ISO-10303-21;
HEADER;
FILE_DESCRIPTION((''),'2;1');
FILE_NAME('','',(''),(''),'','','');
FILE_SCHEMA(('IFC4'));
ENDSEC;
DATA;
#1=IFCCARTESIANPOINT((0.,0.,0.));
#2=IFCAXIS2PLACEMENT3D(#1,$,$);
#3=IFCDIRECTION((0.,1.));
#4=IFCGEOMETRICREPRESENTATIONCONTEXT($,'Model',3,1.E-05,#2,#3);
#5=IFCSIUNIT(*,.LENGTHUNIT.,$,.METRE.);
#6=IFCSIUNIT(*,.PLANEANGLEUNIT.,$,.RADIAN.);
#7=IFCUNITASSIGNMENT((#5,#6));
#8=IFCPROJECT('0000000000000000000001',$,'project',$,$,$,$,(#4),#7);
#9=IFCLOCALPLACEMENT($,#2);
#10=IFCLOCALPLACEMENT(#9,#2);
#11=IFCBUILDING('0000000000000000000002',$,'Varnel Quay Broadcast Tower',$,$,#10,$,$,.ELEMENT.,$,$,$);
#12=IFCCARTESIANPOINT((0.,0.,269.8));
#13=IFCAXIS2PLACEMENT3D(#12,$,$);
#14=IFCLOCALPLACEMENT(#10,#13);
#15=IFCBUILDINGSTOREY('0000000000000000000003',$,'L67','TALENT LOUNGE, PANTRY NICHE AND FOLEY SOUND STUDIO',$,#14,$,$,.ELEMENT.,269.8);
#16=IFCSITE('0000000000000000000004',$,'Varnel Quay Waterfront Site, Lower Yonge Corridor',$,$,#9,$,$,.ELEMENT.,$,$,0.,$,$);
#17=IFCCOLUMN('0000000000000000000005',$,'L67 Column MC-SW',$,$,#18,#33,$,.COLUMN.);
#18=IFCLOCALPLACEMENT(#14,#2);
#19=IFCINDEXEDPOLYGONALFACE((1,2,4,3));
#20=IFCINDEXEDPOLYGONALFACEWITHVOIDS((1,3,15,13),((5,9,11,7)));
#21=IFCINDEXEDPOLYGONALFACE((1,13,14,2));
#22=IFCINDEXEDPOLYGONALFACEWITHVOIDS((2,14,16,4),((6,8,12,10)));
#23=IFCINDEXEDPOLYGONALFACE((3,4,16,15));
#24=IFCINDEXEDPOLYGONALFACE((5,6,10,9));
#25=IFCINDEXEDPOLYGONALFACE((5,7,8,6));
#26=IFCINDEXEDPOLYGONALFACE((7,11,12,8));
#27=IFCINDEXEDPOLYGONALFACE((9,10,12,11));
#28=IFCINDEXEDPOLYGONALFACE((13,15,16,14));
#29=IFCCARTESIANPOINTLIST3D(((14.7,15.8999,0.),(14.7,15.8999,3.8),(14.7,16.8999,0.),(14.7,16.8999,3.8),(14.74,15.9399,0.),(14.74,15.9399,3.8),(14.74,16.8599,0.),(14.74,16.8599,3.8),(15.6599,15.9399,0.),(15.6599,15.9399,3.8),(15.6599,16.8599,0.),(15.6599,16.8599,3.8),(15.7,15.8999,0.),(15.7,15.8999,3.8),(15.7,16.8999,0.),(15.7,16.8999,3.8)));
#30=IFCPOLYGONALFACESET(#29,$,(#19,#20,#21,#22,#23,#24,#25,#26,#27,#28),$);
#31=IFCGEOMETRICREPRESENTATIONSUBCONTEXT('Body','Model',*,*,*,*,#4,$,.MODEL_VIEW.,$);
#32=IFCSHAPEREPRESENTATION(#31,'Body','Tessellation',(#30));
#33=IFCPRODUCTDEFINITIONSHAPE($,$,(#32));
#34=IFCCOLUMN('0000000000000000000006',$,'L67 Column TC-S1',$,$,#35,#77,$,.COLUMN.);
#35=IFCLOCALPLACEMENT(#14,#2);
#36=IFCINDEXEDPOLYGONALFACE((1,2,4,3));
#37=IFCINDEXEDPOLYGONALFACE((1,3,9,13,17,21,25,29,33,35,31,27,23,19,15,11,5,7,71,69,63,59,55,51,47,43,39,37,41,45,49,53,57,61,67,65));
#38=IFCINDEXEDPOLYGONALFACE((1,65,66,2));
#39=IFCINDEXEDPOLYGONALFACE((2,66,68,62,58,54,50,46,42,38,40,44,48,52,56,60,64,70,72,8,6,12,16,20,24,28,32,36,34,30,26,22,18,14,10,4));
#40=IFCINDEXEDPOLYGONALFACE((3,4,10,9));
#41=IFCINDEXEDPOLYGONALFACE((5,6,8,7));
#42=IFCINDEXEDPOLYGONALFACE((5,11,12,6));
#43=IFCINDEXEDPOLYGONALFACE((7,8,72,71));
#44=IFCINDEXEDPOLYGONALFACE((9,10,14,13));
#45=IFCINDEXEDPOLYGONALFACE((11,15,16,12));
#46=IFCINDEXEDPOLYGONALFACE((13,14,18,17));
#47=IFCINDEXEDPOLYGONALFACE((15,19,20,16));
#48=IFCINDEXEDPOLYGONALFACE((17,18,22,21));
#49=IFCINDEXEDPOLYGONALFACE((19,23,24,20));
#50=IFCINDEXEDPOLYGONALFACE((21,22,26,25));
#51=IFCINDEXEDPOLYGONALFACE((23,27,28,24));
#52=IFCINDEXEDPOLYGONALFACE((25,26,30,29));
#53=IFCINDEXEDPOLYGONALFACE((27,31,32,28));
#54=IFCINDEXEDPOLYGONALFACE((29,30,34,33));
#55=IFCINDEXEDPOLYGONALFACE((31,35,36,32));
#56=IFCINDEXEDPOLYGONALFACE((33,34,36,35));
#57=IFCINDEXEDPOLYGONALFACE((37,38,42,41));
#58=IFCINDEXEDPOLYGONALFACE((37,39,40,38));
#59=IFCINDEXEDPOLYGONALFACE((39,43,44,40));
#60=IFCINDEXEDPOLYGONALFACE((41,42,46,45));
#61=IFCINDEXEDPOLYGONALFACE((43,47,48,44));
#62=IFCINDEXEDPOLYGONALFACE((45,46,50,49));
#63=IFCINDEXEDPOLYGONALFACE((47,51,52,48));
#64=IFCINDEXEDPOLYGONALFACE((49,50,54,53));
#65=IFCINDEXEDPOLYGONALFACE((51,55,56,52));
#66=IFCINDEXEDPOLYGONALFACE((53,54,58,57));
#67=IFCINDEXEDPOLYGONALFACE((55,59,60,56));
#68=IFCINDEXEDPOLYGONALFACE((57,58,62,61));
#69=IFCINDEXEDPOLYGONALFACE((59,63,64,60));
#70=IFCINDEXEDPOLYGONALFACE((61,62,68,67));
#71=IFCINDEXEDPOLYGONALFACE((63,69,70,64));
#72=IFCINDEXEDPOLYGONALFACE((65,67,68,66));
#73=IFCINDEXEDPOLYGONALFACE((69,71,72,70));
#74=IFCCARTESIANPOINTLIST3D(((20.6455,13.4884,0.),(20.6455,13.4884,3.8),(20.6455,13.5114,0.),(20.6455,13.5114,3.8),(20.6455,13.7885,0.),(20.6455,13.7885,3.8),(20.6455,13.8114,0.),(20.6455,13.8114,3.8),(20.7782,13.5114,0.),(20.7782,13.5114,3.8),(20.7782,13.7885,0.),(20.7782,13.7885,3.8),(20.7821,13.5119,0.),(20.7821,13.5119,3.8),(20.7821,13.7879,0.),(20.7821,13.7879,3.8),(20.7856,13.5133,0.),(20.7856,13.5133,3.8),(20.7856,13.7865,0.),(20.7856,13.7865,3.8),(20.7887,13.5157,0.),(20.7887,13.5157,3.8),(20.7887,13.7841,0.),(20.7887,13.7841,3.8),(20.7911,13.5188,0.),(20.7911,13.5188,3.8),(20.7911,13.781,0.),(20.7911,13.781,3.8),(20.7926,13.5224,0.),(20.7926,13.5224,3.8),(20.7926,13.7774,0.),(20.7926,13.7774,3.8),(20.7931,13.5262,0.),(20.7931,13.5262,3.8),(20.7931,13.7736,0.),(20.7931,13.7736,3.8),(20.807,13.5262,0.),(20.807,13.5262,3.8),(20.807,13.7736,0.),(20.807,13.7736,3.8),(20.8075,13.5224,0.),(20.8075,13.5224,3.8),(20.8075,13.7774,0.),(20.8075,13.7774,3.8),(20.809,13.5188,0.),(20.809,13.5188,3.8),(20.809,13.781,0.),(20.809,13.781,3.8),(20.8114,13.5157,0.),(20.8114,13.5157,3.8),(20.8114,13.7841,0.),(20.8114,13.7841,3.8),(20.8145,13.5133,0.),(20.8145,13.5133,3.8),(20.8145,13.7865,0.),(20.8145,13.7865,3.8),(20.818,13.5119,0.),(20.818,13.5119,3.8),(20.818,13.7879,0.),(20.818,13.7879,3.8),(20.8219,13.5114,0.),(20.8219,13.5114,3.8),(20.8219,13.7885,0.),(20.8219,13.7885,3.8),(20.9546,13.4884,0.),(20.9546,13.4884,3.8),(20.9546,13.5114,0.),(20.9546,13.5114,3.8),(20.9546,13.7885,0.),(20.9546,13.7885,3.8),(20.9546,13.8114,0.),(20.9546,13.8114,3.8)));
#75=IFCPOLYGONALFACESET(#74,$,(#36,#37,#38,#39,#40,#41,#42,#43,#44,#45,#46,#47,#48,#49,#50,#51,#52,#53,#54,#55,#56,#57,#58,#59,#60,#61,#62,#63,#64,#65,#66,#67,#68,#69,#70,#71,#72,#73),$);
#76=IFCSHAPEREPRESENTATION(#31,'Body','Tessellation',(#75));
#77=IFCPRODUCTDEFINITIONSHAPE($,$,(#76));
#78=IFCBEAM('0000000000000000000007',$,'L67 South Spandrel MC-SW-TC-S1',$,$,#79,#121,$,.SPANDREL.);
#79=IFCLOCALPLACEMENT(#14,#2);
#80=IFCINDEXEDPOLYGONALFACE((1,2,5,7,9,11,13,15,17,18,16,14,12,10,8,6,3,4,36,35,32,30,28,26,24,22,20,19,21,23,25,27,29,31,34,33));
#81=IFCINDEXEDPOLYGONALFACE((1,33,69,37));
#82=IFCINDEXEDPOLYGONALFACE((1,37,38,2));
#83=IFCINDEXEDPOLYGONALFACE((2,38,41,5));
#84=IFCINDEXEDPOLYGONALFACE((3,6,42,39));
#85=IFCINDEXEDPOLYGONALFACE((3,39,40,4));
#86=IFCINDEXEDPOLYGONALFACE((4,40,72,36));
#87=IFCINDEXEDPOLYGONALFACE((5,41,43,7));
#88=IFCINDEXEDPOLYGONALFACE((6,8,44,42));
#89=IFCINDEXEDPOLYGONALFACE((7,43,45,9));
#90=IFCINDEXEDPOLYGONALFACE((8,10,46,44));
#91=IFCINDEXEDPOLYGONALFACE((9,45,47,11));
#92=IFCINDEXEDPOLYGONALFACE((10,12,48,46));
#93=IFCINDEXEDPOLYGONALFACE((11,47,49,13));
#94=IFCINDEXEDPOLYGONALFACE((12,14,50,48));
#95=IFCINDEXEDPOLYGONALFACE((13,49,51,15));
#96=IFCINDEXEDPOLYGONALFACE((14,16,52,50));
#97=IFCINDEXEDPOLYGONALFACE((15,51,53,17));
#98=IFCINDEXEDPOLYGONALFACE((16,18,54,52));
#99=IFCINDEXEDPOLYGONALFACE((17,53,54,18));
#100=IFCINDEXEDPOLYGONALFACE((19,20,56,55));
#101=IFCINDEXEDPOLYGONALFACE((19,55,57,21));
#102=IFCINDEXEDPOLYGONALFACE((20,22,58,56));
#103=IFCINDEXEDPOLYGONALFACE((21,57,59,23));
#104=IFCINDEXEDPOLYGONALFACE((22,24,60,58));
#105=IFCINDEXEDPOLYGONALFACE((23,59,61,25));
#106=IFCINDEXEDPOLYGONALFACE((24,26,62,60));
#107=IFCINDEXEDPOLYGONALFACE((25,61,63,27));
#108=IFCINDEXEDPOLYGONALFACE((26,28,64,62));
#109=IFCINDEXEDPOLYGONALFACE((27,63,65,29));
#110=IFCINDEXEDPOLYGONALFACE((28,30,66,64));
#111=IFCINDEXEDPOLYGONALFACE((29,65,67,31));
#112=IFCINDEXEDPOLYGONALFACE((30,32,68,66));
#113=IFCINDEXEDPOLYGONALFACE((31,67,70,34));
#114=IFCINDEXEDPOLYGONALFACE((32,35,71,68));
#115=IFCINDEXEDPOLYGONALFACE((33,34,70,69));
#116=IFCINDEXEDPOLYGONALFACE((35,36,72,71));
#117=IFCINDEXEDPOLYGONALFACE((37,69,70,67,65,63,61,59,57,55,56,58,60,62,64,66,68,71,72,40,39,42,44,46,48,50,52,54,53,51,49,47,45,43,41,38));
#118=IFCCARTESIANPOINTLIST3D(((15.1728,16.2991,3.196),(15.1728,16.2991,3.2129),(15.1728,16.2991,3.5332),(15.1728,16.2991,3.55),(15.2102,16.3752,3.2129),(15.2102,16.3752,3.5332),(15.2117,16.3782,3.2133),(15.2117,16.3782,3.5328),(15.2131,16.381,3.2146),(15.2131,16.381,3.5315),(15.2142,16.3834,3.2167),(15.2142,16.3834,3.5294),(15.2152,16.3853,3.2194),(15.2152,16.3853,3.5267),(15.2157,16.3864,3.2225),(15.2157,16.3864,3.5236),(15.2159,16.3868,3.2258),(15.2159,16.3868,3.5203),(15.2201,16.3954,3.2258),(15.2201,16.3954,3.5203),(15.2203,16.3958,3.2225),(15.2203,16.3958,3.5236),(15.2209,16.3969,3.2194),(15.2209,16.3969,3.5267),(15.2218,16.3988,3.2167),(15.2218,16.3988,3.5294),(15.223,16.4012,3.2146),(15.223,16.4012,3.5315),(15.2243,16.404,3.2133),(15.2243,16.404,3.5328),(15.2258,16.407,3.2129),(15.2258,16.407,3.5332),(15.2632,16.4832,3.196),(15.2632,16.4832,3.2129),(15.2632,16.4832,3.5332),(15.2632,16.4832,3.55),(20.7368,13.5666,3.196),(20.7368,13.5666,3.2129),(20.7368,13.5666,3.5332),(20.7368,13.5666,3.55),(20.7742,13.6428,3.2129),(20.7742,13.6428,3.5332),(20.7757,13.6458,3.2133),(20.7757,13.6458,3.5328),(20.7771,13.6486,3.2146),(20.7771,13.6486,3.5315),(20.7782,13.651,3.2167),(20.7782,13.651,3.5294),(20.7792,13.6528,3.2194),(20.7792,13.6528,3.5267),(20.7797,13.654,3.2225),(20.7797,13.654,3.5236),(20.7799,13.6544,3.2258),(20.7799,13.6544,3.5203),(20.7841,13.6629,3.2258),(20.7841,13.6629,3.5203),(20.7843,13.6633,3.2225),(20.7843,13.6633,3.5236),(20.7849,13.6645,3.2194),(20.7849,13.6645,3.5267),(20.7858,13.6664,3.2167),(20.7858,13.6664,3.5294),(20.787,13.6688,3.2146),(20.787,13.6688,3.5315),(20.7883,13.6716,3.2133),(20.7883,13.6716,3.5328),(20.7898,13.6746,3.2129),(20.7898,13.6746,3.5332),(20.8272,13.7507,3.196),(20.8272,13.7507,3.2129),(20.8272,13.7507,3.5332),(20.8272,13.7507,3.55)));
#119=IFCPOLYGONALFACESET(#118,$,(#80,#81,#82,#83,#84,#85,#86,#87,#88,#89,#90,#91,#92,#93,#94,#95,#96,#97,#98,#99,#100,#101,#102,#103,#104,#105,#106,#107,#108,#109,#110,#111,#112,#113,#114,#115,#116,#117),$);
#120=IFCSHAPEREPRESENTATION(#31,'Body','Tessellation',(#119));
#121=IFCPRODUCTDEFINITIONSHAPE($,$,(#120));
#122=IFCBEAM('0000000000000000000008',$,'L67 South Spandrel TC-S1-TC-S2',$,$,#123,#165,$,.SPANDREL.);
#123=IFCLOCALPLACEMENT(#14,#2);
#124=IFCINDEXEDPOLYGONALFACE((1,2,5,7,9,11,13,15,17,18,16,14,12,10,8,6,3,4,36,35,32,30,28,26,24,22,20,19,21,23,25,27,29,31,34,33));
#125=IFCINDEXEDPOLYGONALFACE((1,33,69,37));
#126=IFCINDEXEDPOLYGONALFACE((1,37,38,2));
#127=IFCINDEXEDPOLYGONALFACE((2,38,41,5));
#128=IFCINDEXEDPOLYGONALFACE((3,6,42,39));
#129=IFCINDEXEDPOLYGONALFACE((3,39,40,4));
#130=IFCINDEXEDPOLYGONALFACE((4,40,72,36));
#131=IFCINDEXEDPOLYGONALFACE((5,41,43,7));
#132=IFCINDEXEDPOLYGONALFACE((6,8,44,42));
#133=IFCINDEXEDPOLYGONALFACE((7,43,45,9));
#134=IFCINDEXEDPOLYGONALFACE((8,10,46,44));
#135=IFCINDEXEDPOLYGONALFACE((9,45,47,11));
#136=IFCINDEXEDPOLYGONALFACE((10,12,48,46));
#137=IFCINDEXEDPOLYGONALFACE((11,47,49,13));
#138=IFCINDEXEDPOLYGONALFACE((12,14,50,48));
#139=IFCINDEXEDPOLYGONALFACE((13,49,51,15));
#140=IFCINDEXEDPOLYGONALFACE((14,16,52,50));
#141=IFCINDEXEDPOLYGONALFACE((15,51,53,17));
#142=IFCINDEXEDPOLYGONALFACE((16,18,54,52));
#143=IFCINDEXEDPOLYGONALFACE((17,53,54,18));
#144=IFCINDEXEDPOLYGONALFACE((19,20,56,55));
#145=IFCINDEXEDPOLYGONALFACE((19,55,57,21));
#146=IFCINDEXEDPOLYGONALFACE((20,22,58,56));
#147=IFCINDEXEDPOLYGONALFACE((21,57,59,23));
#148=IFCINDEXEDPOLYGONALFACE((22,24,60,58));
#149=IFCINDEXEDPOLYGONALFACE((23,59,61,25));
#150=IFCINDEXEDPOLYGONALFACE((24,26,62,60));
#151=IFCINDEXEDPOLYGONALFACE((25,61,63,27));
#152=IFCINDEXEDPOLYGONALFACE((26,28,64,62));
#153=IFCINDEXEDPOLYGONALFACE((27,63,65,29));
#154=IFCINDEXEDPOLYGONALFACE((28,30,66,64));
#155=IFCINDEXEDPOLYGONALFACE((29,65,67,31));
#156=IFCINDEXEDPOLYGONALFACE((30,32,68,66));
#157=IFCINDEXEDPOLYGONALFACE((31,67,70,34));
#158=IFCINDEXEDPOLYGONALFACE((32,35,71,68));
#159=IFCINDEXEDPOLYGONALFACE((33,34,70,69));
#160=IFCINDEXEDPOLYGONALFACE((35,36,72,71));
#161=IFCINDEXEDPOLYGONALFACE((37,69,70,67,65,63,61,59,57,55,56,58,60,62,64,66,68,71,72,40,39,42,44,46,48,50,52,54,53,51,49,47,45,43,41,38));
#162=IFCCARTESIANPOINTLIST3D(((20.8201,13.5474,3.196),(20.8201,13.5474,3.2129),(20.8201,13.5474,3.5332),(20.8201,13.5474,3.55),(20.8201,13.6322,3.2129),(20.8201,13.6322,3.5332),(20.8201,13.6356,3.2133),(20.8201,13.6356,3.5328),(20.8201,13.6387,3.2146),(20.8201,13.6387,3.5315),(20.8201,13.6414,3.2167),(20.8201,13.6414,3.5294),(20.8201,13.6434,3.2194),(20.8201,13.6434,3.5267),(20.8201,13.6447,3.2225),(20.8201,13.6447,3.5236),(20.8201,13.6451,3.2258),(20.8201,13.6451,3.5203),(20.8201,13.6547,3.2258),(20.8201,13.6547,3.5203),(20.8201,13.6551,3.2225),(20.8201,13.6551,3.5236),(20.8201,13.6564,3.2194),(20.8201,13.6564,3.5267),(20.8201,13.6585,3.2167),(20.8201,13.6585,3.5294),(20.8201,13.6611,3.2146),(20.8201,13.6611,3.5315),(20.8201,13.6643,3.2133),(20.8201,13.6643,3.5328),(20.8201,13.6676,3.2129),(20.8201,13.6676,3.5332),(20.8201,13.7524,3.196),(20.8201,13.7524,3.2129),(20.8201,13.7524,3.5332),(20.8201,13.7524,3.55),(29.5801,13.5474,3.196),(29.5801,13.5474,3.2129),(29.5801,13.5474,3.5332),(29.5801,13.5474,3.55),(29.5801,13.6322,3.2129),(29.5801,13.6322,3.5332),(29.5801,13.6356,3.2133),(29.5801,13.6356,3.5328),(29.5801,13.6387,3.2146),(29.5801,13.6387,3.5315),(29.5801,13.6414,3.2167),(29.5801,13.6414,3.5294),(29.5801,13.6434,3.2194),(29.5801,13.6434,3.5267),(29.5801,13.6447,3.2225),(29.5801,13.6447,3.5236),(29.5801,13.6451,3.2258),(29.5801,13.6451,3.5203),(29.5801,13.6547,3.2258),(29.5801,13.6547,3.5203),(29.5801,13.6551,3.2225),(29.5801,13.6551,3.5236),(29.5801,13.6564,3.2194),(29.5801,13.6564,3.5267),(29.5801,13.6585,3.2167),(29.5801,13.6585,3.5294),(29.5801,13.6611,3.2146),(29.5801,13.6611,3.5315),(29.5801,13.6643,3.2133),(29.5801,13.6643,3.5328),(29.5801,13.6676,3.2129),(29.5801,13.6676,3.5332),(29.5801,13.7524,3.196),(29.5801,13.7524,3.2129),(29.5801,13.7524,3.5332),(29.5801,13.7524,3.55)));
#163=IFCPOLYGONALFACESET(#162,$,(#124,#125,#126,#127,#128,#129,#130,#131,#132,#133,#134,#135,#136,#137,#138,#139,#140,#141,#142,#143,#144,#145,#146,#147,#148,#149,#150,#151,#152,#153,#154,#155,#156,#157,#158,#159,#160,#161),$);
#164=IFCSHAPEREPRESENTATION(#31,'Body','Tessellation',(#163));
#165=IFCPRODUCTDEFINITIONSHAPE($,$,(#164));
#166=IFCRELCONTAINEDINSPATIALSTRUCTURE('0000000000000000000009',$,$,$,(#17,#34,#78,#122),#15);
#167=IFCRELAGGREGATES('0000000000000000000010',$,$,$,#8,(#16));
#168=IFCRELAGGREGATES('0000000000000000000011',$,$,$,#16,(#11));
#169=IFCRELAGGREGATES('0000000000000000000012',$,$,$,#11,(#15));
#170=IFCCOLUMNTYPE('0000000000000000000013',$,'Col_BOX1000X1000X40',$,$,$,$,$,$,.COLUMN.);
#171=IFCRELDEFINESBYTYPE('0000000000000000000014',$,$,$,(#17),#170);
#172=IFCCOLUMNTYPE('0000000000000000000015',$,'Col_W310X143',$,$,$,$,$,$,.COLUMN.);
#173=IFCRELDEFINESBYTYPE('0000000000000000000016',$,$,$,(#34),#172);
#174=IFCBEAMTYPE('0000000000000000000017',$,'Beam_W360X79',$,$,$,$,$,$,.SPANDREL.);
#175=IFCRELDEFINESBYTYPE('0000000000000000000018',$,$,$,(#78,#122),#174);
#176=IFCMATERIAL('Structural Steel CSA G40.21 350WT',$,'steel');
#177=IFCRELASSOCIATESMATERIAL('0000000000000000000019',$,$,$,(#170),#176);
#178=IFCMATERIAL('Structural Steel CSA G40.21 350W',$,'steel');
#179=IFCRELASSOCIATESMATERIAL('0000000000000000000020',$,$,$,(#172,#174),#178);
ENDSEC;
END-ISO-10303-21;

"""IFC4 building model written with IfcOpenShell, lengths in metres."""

from ifc_helpers import new_model, si_unit, direction, frame, origin, origin_2d, place, context, subcontext, project, spatial, hollow_rectangle, i_section, extrude, source, transform, mapped, material, material_profile, profile_set, type_object, type_shapes, element, save


model = new_model("IFC4")

# Units and contexts
model_context = context("Model", 3, precision=1e-05, world=origin(), true_north=direction((0.0, 1.0)))
body_context = subcontext(model_context, "Body", "Model", "MODEL_VIEW")
ifc_project = project(units=[si_unit("LENGTHUNIT", "METRE"), si_unit("PLANEANGLEUNIT", "RADIAN")], contexts=[model_context])

# Site, building, storey
site_placement = place(None, origin())
site = spatial("IfcSite", under=ifc_project, at=site_placement, Name="Varnel Quay Waterfront Site, Lower Yonge Corridor", CompositionType="ELEMENT", RefElevation=0.0)
building_placement = place(site_placement, origin())
building = spatial("IfcBuilding", under=site, at=building_placement, Name="Varnel Quay Broadcast Tower", CompositionType="ELEMENT")
storey_placement = place(building_placement, frame((0.0, 0.0, 269.8)))
storey = spatial("IfcBuildingStorey", under=building, at=storey_placement, Name="L67", Description="TALENT LOUNGE, PANTRY NICHE AND FOLEY SOUND STUDIO", CompositionType="ELEMENT", Elevation=269.8)

# Columns
ifc_material_1 = material(Name="Structural Steel CSA G40.21 350WT", Category="steel")
ifc_material_profile_1 = material_profile(ifc_material_1, hollow_rectangle(XDim=1.0, YDim=1.0, WallThickness=0.04, at=origin_2d()), Name="BOX1000X1000X40")
ifc_profile_set_1 = profile_set([ifc_material_profile_1], Name="Structural Steel CSA G40.21 350WT")
column_type_1 = type_object("IfcColumnType", Name="Col_BOX1000X1000X40", PredefinedType="COLUMN", material=ifc_profile_set_1)
shared_shape_1 = source(origin(), body_context, "Body", "SweptSolid", [
    extrude(hollow_rectangle(XDim=1.0, YDim=1.0, WallThickness=0.04, at=origin_2d()), origin(), (0.0, 0.0, 1.0), 3.8),
])
type_shapes(column_type_1, [shared_shape_1])
column_1_placement = place(storey_placement, frame((15.2, 16.3999, 0.0), z_axis=(0.0, 0.0, 1.0), x_axis=(1.0, 0.0, 0.0)))
element("IfcColumn", 1, at=column_1_placement, inside=storey, type_object=column_type_1, Name="L67 Column MC-SW", PredefinedType="COLUMN", context=body_context, shape_type="MappedRepresentation", body=[
    mapped(shared_shape_1, transform((0.0, 0.0, 0.0), x_axis=(1.0, 0.0, 0.0), y_axis=(0.0, 1.0, 0.0), z_axis=(0.0, 0.0, 1.0), scale=1.0)),
])
ifc_material_2 = material(Name="Structural Steel CSA G40.21 350W", Category="steel")
ifc_material_profile_2 = material_profile(ifc_material_2, i_section(OverallWidth=0.3091, OverallDepth=0.323, WebThickness=0.0139, FlangeThickness=0.0229, FilletRadius=0.0149, at=origin_2d()), Name="W310X143")
ifc_profile_set_2 = profile_set([ifc_material_profile_2], Name="Structural Steel CSA G40.21 350W")
column_type_2 = type_object("IfcColumnType", Name="Col_W310X143", PredefinedType="COLUMN", material=ifc_profile_set_2)
shared_shape_2 = source(origin(), body_context, "Body", "SweptSolid", [
    extrude(i_section(OverallWidth=0.3091, OverallDepth=0.323, WebThickness=0.0139, FlangeThickness=0.0229, FilletRadius=0.0149, at=origin_2d()), origin(), (0.0, 0.0, 1.0), 3.8),
])
type_shapes(column_type_2, [shared_shape_2])
column_2_placement = place(storey_placement, frame((20.8, 13.6499, 0.0), z_axis=(0.0, 0.0, 1.0), x_axis=(1.0, 0.0, 0.0)))
element("IfcColumn", 2, at=column_2_placement, inside=storey, type_object=column_type_2, Name="L67 Column TC-S1", PredefinedType="COLUMN", context=body_context, shape_type="MappedRepresentation", body=[
    mapped(shared_shape_2, transform((0.0, 0.0, 0.0), x_axis=(1.0, 0.0, 0.0), y_axis=(0.0, 1.0, 0.0), z_axis=(0.0, 0.0, 1.0), scale=1.0)),
])

# Beams
ifc_material_profile_3 = material_profile(ifc_material_2, i_section(OverallWidth=0.2051, OverallDepth=0.354, WebThickness=0.0095, FlangeThickness=0.0168, FilletRadius=0.0129, at=origin_2d()), Name="W360X79")
ifc_profile_set_3 = profile_set([ifc_material_profile_3], Name="Structural Steel CSA G40.21 350W")
beam_type_1 = type_object("IfcBeamType", Name="Beam_W360X79", PredefinedType="SPANDREL", material=ifc_profile_set_3)
shared_shape_3 = source(origin(), body_context, "Body", "SweptSolid", [
    extrude(i_section(OverallWidth=0.2051, OverallDepth=0.354, WebThickness=0.0095, FlangeThickness=0.0168, FilletRadius=0.0129, at=origin_2d()), origin(), (0.0, 0.0, 1.0), 6.1987),
])
beam_1_placement = place(storey_placement, frame((15.218, 16.3911, 3.373), z_axis=(0.897602, -0.440806, 0.0), x_axis=(0.440806, 0.897602, 0.0)))
element("IfcBeam", 3, at=beam_1_placement, inside=storey, type_object=beam_type_1, Name="L67 South Spandrel MC-SW-TC-S1", PredefinedType="SPANDREL", context=body_context, shape_type="MappedRepresentation", body=[
    mapped(shared_shape_3, transform((0.0, 0.0, 0.0), x_axis=(1.0, 0.0, 0.0), y_axis=(0.0, 1.0, 0.0), z_axis=(0.0, 0.0, 1.0), scale=1.0)),
])
shared_shape_4 = source(origin(), body_context, "Body", "SweptSolid", [
    extrude(i_section(OverallWidth=0.2051, OverallDepth=0.354, WebThickness=0.0095, FlangeThickness=0.0168, FilletRadius=0.0129, at=origin_2d()), origin(), (0.0, 0.0, 1.0), 8.76),
])
beam_2_placement = place(storey_placement, frame((20.8201, 13.6499, 3.373), z_axis=(1.0, 0.0, 0.0), x_axis=(0.0, 1.0, 0.0)))
element("IfcBeam", 4, at=beam_2_placement, inside=storey, type_object=beam_type_1, Name="L67 South Spandrel TC-S1-TC-S2", PredefinedType="SPANDREL", context=body_context, shape_type="MappedRepresentation", body=[
    mapped(shared_shape_4, transform((0.0, 0.0, 0.0), x_axis=(1.0, 0.0, 0.0), y_axis=(0.0, 1.0, 0.0), z_axis=(0.0, 0.0, 1.0), scale=1.0)),
])

save(model, "model.ifc")
